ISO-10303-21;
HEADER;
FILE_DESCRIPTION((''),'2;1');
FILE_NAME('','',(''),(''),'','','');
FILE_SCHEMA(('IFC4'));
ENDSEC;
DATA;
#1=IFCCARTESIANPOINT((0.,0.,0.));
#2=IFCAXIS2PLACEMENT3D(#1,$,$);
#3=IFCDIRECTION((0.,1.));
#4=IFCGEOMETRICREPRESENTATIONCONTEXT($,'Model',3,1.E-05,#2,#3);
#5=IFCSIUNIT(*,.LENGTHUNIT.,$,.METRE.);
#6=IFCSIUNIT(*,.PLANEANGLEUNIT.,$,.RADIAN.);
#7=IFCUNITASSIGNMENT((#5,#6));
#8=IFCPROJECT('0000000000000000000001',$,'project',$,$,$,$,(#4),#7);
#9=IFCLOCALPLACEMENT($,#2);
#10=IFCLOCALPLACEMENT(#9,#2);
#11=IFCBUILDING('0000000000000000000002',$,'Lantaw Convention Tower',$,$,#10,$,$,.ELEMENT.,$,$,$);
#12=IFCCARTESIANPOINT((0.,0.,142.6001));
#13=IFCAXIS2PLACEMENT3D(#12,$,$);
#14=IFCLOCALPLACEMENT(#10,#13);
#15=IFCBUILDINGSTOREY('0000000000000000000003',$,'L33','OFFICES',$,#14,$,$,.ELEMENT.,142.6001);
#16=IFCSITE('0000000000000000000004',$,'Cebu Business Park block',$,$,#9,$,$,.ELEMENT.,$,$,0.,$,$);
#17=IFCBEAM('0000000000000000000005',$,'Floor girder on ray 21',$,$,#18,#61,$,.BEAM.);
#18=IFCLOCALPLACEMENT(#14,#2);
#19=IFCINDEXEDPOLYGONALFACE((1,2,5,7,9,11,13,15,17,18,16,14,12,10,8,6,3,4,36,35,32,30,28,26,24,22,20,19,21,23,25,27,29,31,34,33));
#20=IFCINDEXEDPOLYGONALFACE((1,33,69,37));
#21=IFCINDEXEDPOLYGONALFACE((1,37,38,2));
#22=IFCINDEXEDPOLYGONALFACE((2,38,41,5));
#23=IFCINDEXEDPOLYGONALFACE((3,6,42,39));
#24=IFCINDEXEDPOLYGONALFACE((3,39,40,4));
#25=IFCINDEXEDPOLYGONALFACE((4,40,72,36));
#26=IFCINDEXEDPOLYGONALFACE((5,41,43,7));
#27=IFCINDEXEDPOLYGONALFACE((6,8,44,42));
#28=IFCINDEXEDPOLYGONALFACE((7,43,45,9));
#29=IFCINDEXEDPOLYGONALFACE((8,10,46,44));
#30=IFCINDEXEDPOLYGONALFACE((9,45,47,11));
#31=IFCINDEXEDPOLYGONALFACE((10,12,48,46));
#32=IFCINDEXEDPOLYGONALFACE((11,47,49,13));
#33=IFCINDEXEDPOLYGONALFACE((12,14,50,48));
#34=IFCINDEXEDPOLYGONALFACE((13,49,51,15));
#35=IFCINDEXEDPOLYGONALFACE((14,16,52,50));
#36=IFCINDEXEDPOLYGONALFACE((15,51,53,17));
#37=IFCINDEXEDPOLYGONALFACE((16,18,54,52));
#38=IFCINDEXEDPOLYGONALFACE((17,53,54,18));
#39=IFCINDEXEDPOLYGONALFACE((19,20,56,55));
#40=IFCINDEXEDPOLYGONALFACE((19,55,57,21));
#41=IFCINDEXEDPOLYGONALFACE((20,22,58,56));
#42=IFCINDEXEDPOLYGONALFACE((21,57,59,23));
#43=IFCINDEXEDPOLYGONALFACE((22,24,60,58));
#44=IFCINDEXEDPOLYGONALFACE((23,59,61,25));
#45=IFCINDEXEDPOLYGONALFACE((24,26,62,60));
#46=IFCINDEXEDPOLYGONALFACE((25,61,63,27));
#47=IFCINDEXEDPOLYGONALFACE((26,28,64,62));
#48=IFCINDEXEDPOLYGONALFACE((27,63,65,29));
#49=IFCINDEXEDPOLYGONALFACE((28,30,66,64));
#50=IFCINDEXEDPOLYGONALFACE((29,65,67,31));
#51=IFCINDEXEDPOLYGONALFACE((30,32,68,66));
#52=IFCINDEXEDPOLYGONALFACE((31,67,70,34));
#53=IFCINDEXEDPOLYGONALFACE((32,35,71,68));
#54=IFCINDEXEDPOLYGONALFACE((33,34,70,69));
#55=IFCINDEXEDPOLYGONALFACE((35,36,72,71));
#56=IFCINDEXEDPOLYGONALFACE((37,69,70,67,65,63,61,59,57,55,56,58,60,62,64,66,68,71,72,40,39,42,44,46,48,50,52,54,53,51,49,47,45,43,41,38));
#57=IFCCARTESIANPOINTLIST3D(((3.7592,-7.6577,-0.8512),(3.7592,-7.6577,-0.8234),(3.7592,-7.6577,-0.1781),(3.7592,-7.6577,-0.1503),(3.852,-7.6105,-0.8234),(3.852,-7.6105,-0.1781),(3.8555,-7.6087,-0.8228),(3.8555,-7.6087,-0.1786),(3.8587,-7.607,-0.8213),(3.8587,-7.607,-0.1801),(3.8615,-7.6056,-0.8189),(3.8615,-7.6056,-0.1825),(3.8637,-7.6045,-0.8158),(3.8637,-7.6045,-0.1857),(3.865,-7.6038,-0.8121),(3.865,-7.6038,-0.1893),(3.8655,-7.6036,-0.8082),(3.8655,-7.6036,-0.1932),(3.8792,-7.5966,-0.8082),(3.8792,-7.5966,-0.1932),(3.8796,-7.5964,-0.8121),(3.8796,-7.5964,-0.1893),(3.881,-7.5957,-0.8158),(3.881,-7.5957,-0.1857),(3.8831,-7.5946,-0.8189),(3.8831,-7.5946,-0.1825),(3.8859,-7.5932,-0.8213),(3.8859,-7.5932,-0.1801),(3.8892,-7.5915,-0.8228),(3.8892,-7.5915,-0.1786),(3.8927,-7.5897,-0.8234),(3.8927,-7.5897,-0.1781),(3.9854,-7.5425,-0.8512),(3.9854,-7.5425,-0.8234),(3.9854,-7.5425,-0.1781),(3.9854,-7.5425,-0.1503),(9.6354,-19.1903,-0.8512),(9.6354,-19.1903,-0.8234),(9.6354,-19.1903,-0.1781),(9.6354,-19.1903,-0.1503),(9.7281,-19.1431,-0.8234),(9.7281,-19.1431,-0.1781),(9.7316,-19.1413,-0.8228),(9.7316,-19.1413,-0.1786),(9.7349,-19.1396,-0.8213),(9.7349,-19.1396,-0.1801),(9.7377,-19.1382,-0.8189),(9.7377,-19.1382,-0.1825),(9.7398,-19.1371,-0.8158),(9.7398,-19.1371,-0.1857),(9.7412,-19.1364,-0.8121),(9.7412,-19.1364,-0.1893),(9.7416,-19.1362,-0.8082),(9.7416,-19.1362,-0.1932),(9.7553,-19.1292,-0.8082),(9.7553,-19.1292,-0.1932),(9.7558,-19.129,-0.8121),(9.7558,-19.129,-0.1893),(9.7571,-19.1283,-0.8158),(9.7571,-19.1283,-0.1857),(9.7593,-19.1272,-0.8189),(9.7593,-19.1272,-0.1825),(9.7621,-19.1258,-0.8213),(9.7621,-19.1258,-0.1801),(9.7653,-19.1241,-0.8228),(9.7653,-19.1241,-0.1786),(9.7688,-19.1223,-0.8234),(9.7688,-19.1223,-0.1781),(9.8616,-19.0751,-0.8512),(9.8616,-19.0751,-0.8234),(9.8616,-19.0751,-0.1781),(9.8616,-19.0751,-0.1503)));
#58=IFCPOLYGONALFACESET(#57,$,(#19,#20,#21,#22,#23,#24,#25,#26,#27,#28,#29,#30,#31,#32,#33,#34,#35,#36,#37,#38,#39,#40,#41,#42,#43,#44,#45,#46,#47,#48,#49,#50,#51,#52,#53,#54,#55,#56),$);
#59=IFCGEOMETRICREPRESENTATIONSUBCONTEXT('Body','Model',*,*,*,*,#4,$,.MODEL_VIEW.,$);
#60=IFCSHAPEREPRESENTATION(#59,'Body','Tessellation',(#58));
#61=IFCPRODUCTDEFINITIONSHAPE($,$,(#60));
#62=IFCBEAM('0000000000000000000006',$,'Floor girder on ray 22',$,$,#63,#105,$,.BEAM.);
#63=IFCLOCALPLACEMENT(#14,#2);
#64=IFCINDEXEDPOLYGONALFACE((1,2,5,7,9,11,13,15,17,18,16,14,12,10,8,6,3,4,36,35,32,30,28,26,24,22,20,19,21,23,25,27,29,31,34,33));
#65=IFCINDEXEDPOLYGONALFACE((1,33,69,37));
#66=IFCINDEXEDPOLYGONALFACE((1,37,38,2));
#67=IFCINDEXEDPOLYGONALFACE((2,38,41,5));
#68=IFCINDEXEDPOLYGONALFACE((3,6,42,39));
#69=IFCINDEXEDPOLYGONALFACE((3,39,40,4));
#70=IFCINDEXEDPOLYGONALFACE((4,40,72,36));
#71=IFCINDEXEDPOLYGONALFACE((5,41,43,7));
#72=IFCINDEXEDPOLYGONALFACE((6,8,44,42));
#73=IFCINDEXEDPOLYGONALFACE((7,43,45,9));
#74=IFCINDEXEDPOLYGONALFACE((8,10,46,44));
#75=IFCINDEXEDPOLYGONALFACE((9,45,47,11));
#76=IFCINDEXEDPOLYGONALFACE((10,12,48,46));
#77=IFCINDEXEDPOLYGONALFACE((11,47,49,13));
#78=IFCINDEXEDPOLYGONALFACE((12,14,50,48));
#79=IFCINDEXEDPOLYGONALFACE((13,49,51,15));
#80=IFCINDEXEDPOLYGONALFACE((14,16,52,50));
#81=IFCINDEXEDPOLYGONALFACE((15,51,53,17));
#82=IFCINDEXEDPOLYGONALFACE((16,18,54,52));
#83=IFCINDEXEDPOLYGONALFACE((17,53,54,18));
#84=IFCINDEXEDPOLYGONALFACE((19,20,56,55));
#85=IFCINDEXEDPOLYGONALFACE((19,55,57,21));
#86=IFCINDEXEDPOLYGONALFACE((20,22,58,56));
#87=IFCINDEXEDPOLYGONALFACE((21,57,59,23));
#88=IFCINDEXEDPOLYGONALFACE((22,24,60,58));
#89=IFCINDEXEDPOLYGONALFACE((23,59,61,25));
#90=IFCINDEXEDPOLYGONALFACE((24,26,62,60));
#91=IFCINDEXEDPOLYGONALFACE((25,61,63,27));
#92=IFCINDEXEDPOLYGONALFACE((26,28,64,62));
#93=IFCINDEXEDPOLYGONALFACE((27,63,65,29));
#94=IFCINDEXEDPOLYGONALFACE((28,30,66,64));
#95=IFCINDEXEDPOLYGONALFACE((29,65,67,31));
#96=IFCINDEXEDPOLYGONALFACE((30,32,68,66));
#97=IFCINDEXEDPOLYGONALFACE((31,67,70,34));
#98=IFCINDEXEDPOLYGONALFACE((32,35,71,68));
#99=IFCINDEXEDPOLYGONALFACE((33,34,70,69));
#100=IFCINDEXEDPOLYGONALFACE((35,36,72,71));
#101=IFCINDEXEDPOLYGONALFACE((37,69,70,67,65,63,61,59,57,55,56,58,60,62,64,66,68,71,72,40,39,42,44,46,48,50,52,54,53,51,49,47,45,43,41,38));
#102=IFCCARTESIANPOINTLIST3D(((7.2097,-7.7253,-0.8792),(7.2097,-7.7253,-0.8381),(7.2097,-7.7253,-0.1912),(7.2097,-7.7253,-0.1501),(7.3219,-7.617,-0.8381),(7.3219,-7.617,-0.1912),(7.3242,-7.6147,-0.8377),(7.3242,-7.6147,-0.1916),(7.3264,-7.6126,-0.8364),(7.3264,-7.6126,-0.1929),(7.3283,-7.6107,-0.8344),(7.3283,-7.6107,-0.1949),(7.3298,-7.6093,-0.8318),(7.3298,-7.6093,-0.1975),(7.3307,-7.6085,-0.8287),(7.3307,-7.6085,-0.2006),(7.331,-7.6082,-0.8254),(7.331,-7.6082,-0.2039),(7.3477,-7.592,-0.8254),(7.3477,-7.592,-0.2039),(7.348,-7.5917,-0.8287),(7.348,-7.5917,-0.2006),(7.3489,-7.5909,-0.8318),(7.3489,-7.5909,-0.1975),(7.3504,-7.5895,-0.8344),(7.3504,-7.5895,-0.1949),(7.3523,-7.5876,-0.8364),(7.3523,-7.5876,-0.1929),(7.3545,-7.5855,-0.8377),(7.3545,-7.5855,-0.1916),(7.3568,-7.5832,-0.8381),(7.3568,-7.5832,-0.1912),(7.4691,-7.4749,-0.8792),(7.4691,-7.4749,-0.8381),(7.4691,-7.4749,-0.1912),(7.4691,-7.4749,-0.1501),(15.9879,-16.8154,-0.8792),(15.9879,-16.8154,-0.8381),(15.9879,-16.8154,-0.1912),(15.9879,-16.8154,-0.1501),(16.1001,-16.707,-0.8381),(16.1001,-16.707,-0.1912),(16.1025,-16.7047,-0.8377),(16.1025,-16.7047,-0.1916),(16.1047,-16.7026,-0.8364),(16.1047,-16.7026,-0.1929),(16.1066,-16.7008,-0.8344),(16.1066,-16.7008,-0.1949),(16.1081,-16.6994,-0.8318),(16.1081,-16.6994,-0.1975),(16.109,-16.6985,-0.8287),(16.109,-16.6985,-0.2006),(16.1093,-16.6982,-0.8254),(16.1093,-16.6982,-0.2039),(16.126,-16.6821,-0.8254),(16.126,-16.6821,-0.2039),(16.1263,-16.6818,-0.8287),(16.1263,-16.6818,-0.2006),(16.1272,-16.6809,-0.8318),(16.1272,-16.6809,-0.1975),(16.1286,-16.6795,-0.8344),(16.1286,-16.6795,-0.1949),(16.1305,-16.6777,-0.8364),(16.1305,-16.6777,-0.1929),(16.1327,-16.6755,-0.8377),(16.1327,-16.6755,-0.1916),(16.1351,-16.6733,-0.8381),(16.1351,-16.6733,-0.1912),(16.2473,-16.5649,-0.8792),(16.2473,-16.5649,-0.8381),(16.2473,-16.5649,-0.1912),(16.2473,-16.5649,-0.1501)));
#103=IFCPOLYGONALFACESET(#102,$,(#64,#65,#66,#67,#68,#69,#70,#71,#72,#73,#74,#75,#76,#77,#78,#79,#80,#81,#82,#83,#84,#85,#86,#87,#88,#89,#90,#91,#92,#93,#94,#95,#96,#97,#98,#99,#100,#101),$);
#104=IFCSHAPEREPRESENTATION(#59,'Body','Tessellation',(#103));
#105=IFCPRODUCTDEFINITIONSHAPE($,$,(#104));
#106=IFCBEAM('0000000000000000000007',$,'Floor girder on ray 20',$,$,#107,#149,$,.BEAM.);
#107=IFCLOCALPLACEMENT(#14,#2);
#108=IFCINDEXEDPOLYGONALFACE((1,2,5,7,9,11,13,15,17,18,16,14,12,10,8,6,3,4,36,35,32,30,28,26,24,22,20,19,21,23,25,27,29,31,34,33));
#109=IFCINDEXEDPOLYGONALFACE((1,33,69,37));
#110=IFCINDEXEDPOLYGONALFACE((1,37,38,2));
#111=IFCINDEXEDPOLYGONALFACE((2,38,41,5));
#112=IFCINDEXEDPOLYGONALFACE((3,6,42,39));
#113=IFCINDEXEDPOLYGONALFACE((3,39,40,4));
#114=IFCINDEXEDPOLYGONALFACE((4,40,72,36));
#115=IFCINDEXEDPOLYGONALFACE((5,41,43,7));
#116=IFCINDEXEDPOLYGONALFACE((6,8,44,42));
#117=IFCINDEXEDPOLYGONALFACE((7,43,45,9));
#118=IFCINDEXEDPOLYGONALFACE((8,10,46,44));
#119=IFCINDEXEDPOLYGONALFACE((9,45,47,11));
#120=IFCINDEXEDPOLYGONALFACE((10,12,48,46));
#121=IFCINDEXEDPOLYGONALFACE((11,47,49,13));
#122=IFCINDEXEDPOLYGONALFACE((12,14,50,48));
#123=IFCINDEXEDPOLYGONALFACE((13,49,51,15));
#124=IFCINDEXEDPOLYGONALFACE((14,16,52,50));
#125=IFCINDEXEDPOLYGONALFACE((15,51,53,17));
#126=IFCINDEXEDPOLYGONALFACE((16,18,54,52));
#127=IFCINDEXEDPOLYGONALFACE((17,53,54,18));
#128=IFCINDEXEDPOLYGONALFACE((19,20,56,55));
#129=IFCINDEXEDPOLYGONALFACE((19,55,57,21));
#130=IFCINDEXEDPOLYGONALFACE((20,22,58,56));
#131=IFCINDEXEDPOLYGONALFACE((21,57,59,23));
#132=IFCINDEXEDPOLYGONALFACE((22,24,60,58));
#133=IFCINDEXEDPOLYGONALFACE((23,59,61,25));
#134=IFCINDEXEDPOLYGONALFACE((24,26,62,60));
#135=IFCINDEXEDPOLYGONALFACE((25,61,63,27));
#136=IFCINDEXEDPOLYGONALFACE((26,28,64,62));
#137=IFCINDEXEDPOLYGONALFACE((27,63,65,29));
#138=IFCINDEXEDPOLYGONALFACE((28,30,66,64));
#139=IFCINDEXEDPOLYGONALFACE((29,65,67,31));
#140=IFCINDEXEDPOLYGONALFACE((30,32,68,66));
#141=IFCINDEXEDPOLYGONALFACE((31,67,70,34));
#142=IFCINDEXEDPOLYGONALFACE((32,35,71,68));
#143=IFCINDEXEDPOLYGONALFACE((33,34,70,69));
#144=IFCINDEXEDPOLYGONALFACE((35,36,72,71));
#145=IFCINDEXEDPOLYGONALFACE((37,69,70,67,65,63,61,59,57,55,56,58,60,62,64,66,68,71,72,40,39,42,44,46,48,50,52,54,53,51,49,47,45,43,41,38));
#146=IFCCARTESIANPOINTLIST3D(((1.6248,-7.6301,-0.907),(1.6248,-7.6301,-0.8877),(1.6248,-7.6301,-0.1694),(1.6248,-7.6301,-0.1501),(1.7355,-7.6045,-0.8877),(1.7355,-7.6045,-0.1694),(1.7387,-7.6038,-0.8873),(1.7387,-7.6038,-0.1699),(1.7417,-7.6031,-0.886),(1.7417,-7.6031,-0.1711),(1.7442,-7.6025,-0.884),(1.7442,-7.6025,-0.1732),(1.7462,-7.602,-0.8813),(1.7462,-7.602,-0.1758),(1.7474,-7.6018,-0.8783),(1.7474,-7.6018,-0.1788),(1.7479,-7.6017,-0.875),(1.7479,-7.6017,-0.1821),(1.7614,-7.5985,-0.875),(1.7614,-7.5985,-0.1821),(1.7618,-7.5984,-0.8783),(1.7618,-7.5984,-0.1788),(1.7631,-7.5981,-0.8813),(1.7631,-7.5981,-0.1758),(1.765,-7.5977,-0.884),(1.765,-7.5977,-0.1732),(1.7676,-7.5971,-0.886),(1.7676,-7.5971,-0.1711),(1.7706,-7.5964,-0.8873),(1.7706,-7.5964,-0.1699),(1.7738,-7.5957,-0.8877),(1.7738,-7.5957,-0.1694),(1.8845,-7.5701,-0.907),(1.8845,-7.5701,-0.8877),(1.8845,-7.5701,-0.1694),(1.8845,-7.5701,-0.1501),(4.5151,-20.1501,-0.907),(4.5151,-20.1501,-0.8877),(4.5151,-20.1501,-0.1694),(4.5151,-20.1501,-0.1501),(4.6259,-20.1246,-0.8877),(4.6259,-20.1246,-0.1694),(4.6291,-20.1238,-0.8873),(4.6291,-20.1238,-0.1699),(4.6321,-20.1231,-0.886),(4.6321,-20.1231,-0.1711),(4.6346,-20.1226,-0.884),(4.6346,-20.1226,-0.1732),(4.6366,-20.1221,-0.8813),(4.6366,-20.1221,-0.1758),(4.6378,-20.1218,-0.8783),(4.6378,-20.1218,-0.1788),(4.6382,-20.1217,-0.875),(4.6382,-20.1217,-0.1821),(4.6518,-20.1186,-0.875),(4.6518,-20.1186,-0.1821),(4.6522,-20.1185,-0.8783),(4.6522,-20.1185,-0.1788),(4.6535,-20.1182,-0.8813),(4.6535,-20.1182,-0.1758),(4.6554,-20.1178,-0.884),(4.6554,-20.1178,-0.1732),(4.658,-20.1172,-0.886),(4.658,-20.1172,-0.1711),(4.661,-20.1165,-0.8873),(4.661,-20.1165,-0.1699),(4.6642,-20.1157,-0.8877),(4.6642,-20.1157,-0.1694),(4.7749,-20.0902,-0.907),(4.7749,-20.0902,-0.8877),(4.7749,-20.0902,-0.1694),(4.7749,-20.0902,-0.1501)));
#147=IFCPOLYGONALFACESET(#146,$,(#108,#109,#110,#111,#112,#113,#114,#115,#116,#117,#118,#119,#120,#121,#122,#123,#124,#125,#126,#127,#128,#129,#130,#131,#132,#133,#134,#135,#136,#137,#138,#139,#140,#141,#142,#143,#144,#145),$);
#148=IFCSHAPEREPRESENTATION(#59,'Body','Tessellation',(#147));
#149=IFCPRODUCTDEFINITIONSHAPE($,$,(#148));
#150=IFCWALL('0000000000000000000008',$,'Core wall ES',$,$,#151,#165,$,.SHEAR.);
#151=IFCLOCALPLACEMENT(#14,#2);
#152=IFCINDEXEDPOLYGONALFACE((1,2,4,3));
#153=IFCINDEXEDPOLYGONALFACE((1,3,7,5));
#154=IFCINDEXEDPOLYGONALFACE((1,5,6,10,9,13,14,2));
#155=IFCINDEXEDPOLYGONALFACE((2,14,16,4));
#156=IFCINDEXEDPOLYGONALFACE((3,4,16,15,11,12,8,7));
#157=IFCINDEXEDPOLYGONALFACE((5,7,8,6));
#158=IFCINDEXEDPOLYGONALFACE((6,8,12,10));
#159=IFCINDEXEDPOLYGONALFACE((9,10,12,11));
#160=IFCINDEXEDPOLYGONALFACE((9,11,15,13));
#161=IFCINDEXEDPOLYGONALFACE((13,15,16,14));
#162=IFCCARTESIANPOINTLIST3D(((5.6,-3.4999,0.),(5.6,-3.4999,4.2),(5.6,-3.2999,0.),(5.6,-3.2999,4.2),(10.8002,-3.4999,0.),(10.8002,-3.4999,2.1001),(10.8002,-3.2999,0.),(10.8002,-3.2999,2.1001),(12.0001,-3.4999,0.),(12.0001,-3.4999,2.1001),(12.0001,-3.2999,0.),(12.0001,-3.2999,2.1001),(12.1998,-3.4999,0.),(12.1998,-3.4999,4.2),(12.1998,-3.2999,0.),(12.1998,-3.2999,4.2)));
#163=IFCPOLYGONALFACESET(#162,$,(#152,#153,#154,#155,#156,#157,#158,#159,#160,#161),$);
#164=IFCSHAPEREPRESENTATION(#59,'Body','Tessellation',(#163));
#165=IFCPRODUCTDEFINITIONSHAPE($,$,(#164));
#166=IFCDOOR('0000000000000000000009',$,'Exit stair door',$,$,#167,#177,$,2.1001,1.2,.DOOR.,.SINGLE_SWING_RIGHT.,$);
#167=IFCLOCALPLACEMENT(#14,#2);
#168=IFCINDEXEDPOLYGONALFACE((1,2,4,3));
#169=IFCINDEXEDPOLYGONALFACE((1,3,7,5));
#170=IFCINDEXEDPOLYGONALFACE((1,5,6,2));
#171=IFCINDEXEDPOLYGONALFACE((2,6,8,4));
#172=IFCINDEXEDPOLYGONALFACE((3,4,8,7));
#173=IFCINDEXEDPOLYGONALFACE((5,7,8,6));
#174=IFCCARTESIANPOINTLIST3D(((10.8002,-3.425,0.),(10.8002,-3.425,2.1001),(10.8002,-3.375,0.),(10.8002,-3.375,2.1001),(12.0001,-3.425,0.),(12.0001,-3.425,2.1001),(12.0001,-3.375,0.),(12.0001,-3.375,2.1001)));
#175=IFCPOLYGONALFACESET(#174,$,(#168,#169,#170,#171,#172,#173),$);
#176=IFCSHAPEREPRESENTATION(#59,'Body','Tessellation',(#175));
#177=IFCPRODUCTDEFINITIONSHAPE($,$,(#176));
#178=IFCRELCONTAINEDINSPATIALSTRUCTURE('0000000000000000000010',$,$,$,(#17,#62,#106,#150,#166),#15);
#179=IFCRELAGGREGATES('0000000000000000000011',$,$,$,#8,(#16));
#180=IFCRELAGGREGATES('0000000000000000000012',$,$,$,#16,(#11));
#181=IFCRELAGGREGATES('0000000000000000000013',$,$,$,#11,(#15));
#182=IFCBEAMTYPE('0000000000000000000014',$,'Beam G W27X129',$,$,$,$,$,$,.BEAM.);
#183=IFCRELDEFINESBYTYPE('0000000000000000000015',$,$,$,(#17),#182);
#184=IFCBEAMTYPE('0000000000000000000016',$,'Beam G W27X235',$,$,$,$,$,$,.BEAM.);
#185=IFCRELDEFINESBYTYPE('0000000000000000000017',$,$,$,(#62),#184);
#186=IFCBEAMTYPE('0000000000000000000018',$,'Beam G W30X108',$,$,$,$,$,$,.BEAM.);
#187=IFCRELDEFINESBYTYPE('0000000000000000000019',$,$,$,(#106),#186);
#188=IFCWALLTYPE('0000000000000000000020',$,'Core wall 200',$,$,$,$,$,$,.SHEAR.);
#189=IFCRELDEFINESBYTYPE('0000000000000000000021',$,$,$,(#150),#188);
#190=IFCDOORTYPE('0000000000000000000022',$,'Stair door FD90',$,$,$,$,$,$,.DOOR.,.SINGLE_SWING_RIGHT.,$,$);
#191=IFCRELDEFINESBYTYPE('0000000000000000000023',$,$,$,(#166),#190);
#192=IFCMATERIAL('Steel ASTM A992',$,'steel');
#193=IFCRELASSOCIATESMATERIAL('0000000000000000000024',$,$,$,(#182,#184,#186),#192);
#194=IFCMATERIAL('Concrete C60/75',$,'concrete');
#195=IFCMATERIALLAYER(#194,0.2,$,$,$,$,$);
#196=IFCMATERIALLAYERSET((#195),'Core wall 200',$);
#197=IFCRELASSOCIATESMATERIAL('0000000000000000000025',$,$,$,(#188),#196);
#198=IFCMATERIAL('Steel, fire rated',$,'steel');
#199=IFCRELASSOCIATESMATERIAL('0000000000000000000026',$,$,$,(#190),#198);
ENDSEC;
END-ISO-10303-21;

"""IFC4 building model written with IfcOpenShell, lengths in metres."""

from ifc_helpers import new_model, si_unit, direction, frame, frame_2d, origin, origin_2d, place, context, subcontext, project, spatial, rectangle, i_section, extrude, material, layer, layer_set, material_profile, profile_set, type_object, element, fill, save


model = new_model("IFC4")

# Units and contexts
model_context = context("Model", 3, precision=1e-05, world=origin(), true_north=direction((0.0, 1.0)))
body_context = subcontext(model_context, "Body", "Model", "MODEL_VIEW")
ifc_project = project(units=[si_unit("LENGTHUNIT", "METRE"), si_unit("PLANEANGLEUNIT", "RADIAN")], contexts=[model_context])

# Site, building, storey
site_placement = place(None, origin())
site = spatial("IfcSite", under=ifc_project, at=site_placement, Name="Cebu Business Park block", CompositionType="ELEMENT", RefElevation=0.0)
building_placement = place(site_placement, origin())
building = spatial("IfcBuilding", under=site, at=building_placement, Name="Lantaw Convention Tower", CompositionType="ELEMENT")
storey_placement = place(building_placement, frame((0.0, 0.0, 142.6001)))
storey = spatial("IfcBuildingStorey", under=building, at=storey_placement, Name="L33", Description="OFFICES", CompositionType="ELEMENT", Elevation=142.6001)

# Beams
ifc_material_1 = material(Name="Steel ASTM A992", Category="steel")
ifc_material_profile_1 = material_profile(ifc_material_1, i_section(OverallWidth=0.2539, OverallDepth=0.7009, WebThickness=0.0154, FlangeThickness=0.0278, FilletRadius=0.0151, at=origin_2d()), Name="W27X129")
ifc_profile_set_1 = profile_set([ifc_material_profile_1], Name="Steel ASTM A992")
beam_type_1 = type_object("IfcBeamType", Name="Beam G W27X129", PredefinedType="BEAM", material=ifc_profile_set_1)
beam_1_placement = place(storey_placement, frame((3.8723, -7.6001, -0.5007), z_axis=(0.453991, -0.891006, 0.0), x_axis=(0.891006, 0.453991, 0.0)))
element("IfcBeam", 1, at=beam_1_placement, inside=storey, type_object=beam_type_1, Name="Floor girder on ray 21", PredefinedType="BEAM", context=body_context, shape_type="SweptSolid", body=[
    extrude(i_section(OverallWidth=0.2539, OverallDepth=0.7009, WebThickness=0.0154, FlangeThickness=0.0278, FilletRadius=0.0151, at=origin_2d()), origin(), (0.0, 0.0, 1.0), 12.9434),
])
ifc_material_profile_2 = material_profile(ifc_material_1, i_section(OverallWidth=0.3606, OverallDepth=0.729, WebThickness=0.0232, FlangeThickness=0.041, FilletRadius=0.0127, at=origin_2d()), Name="W27X235")
ifc_profile_set_2 = profile_set([ifc_material_profile_2], Name="Steel ASTM A992")
beam_type_2 = type_object("IfcBeamType", Name="Beam G W27X235", PredefinedType="BEAM", material=ifc_profile_set_2)
beam_2_placement = place(storey_placement, frame((7.3394, -7.6001, -0.5146), z_axis=(0.694663, -0.719335, 0.0), x_axis=(0.719335, 0.694663, 0.0)))
element("IfcBeam", 2, at=beam_2_placement, inside=storey, type_object=beam_type_2, Name="Floor girder on ray 22", PredefinedType="BEAM", context=body_context, shape_type="SweptSolid", body=[
    extrude(i_section(OverallWidth=0.3606, OverallDepth=0.729, WebThickness=0.0232, FlangeThickness=0.041, FilletRadius=0.0127, at=origin_2d()), origin(), (0.0, 0.0, 1.0), 12.6367),
])
ifc_material_profile_3 = material_profile(ifc_material_1, i_section(OverallWidth=0.2666, OverallDepth=0.7568, WebThickness=0.0139, FlangeThickness=0.0193, FilletRadius=0.0127, at=origin_2d()), Name="W30X108")
ifc_profile_set_3 = profile_set([ifc_material_profile_3], Name="Steel ASTM A992")
beam_type_3 = type_object("IfcBeamType", Name="Beam G W30X108", PredefinedType="BEAM", material=ifc_profile_set_3)
beam_3_placement = place(storey_placement, frame((1.7546, -7.6001, -0.5286), z_axis=(0.224944, -0.974372, 0.0), x_axis=(0.974372, 0.224944, 0.0)))
element("IfcBeam", 3, at=beam_3_placement, inside=storey, type_object=beam_type_3, Name="Floor girder on ray 20", PredefinedType="BEAM", context=body_context, shape_type="SweptSolid", body=[
    extrude(i_section(OverallWidth=0.2666, OverallDepth=0.7568, WebThickness=0.0139, FlangeThickness=0.0193, FilletRadius=0.0127, at=origin_2d()), origin(), (0.0, 0.0, 1.0), 12.8494),
])

# Wall, opening, door
ifc_material_2 = material(Name="Concrete C60/75", Category="concrete")
ifc_layer_1 = layer(ifc_material_2, 0.2)
ifc_layer_set_1 = layer_set([ifc_layer_1], Name="Core wall 200")
wall_type_1 = type_object("IfcWallType", Name="Core wall 200", PredefinedType="SHEAR", material=ifc_layer_set_1)
wall_1_placement = place(storey_placement, frame((5.6001, -3.3999, 0.0), z_axis=(0.0, 0.0, 1.0), x_axis=(1.0, 0.0, 0.0)))
wall_1 = element("IfcWall", 4, at=wall_1_placement, inside=storey, type_object=wall_type_1, Name="Core wall ES", PredefinedType="SHEAR", context=body_context, shape_type="SweptSolid", body=[
    extrude(rectangle(XDim=6.5999, YDim=0.2, at=frame_2d((3.2998, 0.0))), origin(), (0.0, 0.0, 1.0), 4.2),
])
opening_1_placement = place(wall_1_placement, frame((5.2, 0.0, 0.0)))
opening_1 = element("IfcOpeningElement", 5, at=opening_1_placement, cuts=wall_1, PredefinedType="OPENING", context=body_context, shape_type="SweptSolid", body=[
    extrude(rectangle(XDim=1.2, YDim=2.1001, at=frame_2d((0.6001, 1.05))), frame((0.0, 0.1099, 0.0), z_axis=(0.0, -1.0, 0.0), x_axis=(1.0, 0.0, 0.0)), (0.0, 0.0, 1.0), 0.22),
])
ifc_material_3 = material(Name="Steel, fire rated", Category="steel")
door_type_1 = type_object("IfcDoorType", Name="Stair door FD90", OperationType="SINGLE_SWING_RIGHT", PredefinedType="DOOR", material=ifc_material_3)
door_1_placement = place(opening_1_placement, origin())
door_1 = element("IfcDoor", 6, at=door_1_placement, inside=storey, type_object=door_type_1, Name="Exit stair door", OperationType="SINGLE_SWING_RIGHT", OverallHeight=2.1001, OverallWidth=1.2, PredefinedType="DOOR", context=body_context, shape_type="SweptSolid", body=[
    extrude(rectangle(XDim=1.2, YDim=2.1001, at=frame_2d((0.6001, 1.05))), frame((0.0, 0.0249, 0.0), z_axis=(0.0, -1.0, 0.0), x_axis=(1.0, 0.0, 0.0)), (0.0, 0.0, 1.0), 0.05),
])
fill(opening_1, door_1)

save(model, "model.ifc")
